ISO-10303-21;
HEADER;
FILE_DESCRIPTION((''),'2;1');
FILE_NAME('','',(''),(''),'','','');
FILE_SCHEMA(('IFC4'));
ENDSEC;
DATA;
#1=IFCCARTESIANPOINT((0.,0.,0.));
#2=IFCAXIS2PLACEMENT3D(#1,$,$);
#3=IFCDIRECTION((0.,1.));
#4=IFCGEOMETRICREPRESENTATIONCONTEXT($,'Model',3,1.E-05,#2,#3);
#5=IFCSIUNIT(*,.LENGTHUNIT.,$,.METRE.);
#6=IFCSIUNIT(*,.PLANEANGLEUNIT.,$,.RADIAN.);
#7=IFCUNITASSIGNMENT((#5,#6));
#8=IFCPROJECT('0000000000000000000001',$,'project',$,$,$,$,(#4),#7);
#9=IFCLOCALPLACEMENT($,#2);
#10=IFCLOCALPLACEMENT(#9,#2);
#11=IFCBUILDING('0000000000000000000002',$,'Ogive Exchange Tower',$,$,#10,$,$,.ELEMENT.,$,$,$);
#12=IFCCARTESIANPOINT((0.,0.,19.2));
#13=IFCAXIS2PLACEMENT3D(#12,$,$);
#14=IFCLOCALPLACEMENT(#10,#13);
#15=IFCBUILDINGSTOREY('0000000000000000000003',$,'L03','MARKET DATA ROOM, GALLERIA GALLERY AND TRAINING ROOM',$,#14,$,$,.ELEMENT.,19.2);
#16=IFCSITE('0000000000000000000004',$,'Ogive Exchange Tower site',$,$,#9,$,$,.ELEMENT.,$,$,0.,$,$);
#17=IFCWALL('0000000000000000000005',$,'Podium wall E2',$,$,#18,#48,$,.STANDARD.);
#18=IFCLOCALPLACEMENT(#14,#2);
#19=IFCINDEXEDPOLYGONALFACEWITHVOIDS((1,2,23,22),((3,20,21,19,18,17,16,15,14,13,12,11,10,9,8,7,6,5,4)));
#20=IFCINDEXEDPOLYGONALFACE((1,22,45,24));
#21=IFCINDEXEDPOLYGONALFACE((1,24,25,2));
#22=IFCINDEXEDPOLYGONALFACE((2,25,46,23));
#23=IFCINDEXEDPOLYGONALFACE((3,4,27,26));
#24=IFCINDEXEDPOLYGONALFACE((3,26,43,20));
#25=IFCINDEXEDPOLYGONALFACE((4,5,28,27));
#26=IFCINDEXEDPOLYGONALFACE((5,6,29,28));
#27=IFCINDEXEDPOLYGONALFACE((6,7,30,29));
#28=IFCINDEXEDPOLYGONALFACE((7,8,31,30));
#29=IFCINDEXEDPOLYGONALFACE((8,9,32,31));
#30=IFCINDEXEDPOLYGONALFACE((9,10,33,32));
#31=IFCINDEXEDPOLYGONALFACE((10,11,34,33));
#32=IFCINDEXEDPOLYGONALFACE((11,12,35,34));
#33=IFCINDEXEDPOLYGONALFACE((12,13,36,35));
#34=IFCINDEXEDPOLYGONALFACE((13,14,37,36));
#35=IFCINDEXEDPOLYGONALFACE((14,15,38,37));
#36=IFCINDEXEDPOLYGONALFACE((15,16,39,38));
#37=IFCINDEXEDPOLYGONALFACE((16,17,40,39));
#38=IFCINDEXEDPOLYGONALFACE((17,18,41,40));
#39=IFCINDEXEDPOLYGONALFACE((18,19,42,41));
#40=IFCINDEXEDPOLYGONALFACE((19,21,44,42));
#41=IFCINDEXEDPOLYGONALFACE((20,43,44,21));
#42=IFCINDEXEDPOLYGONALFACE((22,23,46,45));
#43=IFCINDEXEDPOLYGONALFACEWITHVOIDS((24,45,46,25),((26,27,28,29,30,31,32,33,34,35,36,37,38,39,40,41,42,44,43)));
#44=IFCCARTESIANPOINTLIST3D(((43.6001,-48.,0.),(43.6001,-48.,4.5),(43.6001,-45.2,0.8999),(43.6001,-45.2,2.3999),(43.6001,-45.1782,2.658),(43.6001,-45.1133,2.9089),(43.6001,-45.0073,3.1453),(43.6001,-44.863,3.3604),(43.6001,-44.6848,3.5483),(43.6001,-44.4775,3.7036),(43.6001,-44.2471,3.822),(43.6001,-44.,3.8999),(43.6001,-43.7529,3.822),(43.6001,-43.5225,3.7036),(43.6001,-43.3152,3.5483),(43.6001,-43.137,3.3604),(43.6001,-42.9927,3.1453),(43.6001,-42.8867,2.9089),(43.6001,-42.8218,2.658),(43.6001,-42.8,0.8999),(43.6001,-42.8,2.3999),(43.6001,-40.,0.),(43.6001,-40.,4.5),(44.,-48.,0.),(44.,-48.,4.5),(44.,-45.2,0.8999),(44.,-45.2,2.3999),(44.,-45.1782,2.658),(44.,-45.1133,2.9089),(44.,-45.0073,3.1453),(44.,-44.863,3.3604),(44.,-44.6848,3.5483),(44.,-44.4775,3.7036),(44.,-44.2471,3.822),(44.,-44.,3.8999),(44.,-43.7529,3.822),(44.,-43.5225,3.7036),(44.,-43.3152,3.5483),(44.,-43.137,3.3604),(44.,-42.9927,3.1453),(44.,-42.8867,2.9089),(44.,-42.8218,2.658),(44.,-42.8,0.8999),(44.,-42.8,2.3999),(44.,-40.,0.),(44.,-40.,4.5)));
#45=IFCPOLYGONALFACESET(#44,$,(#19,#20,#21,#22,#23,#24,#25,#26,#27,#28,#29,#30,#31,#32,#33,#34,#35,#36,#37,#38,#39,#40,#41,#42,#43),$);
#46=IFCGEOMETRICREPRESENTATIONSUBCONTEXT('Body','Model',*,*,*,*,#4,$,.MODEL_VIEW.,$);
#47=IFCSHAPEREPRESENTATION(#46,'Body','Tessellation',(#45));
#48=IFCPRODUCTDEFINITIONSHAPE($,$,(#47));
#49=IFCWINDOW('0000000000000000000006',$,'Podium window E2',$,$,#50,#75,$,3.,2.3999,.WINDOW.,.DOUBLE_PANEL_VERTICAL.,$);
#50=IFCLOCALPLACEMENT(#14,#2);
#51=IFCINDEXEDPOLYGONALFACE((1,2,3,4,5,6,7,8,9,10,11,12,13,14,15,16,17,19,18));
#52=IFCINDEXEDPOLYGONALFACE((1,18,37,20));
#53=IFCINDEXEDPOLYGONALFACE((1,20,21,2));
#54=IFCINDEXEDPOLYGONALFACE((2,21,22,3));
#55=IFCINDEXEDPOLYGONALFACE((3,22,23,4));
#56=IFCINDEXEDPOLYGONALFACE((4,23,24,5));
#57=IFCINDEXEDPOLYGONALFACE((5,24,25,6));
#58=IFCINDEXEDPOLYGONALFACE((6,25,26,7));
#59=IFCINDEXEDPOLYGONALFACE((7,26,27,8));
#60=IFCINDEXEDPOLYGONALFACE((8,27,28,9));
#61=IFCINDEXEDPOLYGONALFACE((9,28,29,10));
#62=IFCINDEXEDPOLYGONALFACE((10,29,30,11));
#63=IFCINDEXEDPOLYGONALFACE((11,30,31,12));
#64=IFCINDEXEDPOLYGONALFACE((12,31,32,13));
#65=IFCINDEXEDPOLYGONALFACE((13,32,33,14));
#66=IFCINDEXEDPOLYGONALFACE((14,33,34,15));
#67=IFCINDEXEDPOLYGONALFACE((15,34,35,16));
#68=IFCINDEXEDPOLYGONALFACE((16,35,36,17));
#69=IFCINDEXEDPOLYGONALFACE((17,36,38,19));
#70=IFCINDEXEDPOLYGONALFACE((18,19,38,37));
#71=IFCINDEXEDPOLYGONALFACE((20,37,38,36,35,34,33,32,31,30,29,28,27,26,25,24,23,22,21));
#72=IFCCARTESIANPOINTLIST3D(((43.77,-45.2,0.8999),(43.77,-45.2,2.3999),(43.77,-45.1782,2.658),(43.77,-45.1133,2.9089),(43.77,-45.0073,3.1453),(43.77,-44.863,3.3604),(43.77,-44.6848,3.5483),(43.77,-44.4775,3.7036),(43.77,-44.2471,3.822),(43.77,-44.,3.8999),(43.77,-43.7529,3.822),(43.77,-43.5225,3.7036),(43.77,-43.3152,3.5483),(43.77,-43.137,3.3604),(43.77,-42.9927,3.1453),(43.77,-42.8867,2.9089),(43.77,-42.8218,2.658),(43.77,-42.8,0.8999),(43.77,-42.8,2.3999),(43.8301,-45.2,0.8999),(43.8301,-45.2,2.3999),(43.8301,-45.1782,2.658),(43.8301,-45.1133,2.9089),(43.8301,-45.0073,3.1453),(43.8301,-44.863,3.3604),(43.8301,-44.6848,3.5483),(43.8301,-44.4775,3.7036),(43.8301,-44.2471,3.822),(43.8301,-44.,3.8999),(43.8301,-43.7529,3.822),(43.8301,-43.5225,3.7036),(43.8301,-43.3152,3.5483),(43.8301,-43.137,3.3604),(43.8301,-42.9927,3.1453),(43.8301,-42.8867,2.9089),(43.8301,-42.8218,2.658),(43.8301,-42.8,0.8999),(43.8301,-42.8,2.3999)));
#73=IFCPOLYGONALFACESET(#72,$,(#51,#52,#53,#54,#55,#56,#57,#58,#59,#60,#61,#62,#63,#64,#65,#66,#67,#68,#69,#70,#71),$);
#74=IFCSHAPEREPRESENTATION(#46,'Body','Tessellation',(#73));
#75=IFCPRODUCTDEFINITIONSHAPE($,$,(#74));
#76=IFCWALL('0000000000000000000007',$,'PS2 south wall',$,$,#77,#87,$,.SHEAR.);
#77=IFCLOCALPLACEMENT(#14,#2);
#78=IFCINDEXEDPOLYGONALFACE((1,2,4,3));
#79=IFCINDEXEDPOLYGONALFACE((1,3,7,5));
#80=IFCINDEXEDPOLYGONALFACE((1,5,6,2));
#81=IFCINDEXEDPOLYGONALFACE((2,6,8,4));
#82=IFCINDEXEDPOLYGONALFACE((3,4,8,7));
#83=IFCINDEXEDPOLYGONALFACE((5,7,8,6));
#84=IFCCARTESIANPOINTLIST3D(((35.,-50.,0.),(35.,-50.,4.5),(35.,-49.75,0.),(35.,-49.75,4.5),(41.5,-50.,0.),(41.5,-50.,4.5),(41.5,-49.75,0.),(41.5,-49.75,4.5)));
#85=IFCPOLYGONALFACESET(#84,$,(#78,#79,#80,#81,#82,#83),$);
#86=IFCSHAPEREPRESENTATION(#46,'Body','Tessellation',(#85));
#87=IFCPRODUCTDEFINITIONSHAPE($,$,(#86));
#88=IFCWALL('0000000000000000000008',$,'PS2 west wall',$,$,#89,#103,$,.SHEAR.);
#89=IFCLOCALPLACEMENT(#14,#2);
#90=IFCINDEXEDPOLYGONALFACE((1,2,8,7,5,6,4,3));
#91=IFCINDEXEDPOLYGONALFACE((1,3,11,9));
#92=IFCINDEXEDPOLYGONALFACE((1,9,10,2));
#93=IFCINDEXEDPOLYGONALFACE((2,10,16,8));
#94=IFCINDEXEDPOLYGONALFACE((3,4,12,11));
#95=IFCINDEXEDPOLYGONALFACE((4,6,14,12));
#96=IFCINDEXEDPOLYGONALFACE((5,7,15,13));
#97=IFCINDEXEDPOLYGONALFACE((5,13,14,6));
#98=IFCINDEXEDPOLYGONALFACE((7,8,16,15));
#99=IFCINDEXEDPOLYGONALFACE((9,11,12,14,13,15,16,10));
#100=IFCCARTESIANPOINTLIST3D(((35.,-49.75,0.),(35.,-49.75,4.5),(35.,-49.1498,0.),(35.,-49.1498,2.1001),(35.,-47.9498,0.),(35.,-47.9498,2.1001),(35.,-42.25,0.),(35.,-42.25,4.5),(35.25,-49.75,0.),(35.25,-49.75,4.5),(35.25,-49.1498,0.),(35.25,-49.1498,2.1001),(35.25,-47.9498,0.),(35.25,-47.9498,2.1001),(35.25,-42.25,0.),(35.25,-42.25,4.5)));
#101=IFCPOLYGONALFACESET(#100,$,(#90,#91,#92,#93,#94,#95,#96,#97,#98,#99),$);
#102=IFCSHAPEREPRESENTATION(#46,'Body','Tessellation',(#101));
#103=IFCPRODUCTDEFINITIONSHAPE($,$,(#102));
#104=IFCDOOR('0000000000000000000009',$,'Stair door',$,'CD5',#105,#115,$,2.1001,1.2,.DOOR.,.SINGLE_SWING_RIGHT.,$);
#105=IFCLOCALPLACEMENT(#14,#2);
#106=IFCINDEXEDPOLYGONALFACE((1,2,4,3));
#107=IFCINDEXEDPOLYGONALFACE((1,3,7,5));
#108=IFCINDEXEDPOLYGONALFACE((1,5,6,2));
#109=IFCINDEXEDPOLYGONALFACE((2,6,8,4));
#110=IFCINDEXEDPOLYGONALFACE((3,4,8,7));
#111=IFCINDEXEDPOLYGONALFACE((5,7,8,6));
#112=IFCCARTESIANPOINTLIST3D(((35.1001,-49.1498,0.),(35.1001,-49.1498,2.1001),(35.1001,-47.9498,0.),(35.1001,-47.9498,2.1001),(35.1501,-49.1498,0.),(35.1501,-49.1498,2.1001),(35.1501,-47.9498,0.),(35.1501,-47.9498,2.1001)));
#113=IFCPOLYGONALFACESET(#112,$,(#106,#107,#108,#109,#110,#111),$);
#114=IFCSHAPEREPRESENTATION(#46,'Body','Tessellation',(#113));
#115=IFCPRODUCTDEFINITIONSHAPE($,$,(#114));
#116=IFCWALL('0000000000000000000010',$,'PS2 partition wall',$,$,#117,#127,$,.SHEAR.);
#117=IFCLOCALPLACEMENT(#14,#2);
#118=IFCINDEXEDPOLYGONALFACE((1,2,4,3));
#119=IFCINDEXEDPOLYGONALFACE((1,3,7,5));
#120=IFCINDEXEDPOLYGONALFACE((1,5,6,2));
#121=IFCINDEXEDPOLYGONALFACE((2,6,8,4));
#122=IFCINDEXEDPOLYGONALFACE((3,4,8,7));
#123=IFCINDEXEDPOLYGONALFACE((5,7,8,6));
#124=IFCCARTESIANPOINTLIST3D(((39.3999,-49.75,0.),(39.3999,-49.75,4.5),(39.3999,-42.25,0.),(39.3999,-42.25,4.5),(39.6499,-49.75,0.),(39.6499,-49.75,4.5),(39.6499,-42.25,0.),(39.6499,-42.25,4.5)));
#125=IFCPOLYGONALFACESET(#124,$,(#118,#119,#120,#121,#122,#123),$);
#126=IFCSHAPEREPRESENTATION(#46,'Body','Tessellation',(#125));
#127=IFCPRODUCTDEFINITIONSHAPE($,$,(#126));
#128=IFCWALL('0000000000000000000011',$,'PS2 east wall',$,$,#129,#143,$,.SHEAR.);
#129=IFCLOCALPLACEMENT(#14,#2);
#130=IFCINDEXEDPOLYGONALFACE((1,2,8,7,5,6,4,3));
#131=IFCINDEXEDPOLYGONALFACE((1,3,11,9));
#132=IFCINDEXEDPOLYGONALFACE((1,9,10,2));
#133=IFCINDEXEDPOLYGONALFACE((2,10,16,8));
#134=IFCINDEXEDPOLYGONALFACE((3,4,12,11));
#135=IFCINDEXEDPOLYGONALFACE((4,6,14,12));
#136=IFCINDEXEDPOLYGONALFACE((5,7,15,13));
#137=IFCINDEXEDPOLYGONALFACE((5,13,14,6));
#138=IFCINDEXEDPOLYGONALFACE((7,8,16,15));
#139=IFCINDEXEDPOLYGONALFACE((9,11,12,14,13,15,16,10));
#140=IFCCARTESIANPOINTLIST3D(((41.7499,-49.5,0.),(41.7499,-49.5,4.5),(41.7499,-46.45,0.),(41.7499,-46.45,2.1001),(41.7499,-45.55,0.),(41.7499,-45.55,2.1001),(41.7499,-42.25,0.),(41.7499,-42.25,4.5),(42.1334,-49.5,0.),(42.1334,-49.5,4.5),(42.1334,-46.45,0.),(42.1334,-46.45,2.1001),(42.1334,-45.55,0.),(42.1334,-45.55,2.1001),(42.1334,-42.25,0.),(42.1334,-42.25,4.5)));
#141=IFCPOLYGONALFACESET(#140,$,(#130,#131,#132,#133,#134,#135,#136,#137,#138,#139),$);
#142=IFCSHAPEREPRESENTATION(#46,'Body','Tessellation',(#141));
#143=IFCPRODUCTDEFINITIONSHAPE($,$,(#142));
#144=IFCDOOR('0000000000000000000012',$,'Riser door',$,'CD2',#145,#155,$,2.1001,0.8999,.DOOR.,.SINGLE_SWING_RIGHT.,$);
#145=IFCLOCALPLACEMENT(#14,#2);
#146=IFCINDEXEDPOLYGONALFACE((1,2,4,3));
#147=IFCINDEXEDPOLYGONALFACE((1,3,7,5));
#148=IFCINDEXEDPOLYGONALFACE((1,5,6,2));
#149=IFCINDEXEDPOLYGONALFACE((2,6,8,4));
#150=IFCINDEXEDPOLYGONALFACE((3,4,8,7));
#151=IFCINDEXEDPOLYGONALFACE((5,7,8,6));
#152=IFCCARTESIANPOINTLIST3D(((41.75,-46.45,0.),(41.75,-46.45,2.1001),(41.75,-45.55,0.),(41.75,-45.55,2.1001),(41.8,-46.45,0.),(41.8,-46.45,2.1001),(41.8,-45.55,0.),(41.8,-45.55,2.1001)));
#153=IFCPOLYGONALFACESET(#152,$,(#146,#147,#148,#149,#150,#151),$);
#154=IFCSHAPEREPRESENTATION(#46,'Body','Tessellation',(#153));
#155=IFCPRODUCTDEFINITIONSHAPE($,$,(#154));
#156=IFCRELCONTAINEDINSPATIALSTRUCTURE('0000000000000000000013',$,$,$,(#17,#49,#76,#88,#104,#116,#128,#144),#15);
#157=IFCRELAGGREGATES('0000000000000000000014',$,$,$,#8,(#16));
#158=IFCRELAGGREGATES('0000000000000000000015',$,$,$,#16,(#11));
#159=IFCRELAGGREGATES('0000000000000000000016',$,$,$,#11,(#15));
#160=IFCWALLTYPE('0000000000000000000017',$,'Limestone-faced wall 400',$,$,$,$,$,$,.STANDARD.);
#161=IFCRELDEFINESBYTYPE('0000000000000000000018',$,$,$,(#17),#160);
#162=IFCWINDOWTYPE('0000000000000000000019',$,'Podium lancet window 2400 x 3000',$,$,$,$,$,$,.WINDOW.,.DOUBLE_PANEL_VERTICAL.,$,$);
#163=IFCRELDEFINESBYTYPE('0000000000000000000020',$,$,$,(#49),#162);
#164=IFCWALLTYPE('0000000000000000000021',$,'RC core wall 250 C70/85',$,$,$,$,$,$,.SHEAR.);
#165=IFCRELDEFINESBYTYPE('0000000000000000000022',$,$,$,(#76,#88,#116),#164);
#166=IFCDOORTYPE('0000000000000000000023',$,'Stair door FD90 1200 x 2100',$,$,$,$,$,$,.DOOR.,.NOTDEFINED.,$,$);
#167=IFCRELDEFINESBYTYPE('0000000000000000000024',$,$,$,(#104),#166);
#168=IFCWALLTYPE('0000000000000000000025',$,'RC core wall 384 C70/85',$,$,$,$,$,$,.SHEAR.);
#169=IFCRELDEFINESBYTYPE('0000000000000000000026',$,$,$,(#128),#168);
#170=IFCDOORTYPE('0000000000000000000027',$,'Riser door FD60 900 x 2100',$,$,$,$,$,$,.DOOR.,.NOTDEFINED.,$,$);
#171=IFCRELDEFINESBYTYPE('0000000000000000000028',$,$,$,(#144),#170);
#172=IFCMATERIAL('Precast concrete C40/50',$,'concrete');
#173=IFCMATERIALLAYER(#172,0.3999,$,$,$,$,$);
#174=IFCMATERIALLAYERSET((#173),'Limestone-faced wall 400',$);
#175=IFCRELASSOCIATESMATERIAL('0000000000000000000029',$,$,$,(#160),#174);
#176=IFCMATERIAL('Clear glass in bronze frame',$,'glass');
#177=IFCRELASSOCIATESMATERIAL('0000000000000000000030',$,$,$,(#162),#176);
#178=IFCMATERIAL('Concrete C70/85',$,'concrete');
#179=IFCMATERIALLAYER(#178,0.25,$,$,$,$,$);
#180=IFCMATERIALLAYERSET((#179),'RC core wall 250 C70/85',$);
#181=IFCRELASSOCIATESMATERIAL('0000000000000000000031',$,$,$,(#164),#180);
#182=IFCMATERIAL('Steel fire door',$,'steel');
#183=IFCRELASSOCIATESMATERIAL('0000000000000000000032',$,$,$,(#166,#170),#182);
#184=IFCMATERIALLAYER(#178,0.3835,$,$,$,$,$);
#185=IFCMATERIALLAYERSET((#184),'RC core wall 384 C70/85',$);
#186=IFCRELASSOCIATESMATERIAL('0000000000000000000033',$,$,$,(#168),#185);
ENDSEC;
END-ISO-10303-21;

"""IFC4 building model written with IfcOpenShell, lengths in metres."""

from ifc_helpers import new_model, si_unit, direction, frame, frame_2d, origin, place, context, subcontext, project, spatial, polyline, rectangle, outline, extrude, material, layer, layer_set, type_object, element, fill, save


model = new_model("IFC4")

# Units and contexts
model_context = context("Model", 3, precision=1e-05, world=origin(), true_north=direction((0.0, 1.0)))
body_context = subcontext(model_context, "Body", "Model", "MODEL_VIEW")
ifc_project = project(units=[si_unit("LENGTHUNIT", "METRE"), si_unit("PLANEANGLEUNIT", "RADIAN")], contexts=[model_context])

# Site, building, storey
site_placement = place(None, origin())
site = spatial("IfcSite", under=ifc_project, at=site_placement, Name="Ogive Exchange Tower site", CompositionType="ELEMENT", RefElevation=0.0)
building_placement = place(site_placement, origin())
building = spatial("IfcBuilding", under=site, at=building_placement, Name="Ogive Exchange Tower", CompositionType="ELEMENT")
storey_placement = place(building_placement, frame((0.0, 0.0, 19.2)))
storey = spatial("IfcBuildingStorey", under=building, at=storey_placement, Name="L03", Description="MARKET DATA ROOM, GALLERIA GALLERY AND TRAINING ROOM", CompositionType="ELEMENT", Elevation=19.2)

# Shared definitions
ifc_material_1 = material(Name="Concrete C70/85", Category="concrete")

# Shared definitions
ifc_material_2 = material(Name="Precast concrete C40/50", Category="concrete")
ifc_layer_1 = layer(ifc_material_2, 0.3999)
ifc_layer_set_1 = layer_set([ifc_layer_1], Name="Limestone-faced wall 400")
wall_type_1 = type_object("IfcWallType", Name="Limestone-faced wall 400", PredefinedType="STANDARD", material=ifc_layer_set_1)
ifc_material_3 = material(Name="Clear glass in bronze frame", Category="glass")

# Wall, opening, window
wall_1_placement = place(storey_placement, frame((43.8, -48.0, 0.0), z_axis=(0.0, 0.0, 1.0), x_axis=(0.0, 1.0, 0.0)))
wall_1 = element("IfcWall", 1, at=wall_1_placement, inside=storey, type_object=wall_type_1, Name="Podium wall E2", PredefinedType="STANDARD", context=body_context, shape_type="SweptSolid", body=[
    extrude(rectangle(XDim=8.0, YDim=0.3999, at=frame_2d((4.0, 0.0))), origin(), (0.0, 0.0, 1.0), 4.5),
])
opening_1_placement = place(wall_1_placement, frame((2.8, 0.0, 0.8999)))
opening_1 = element("IfcOpeningElement", 2, at=opening_1_placement, cuts=wall_1, PredefinedType="OPENING", context=body_context, shape_type="SweptSolid", body=[
    extrude(outline(polyline([(0.0, 0.0), (2.3999, 0.0), (2.3999, 1.5), (2.3782, 1.7581), (2.3132, 2.009), (2.2073, 2.2454), (2.063, 2.4604), (1.8848, 2.6484), (1.6775, 2.8037), (1.447, 2.9221), (1.2, 3.0), (0.9529, 2.9221), (0.7224, 2.8037), (0.5151, 2.6484), (0.3369, 2.4604), (0.1926, 2.2454), (0.0867, 2.009), (0.0217, 1.7581), (0.0, 1.5), (0.0, 0.0)])), frame((0.0, 0.21, 0.0), z_axis=(0.0, -1.0, 0.0), x_axis=(1.0, 0.0, 0.0)), (0.0, 0.0, 1.0), 0.4199),
])
window_type_1 = type_object("IfcWindowType", Name="Podium lancet window 2400 x 3000", PartitioningType="DOUBLE_PANEL_VERTICAL", PredefinedType="WINDOW", material=ifc_material_3)
window_1_placement = place(opening_1_placement, origin())
window_1 = element("IfcWindow", 3, at=window_1_placement, inside=storey, type_object=window_type_1, Name="Podium window E2", OverallHeight=3.0, OverallWidth=2.3999, PartitioningType="DOUBLE_PANEL_VERTICAL", PredefinedType="WINDOW", context=body_context, shape_type="SweptSolid", body=[
    extrude(outline(polyline([(0.0, 0.0), (2.3999, 0.0), (2.3999, 1.5), (2.3782, 1.7581), (2.3132, 2.009), (2.2073, 2.2454), (2.063, 2.4604), (1.8848, 2.6484), (1.6775, 2.8037), (1.447, 2.9221), (1.2, 3.0), (0.9529, 2.9221), (0.7224, 2.8037), (0.5151, 2.6484), (0.3369, 2.4604), (0.1926, 2.2454), (0.0867, 2.009), (0.0217, 1.7581), (0.0, 1.5), (0.0, 0.0)])), frame((0.0, 0.03, 0.0), z_axis=(0.0, -1.0, 0.0), x_axis=(1.0, 0.0, 0.0)), (0.0, 0.0, 1.0), 0.0601),
])
fill(opening_1, window_1)

# Wall
ifc_layer_2 = layer(ifc_material_1, 0.25)
ifc_layer_set_2 = layer_set([ifc_layer_2], Name="RC core wall 250 C70/85")
wall_type_2 = type_object("IfcWallType", Name="RC core wall 250 C70/85", PredefinedType="SHEAR", material=ifc_layer_set_2)
wall_2_placement = place(storey_placement, frame((35.0, -49.875, 0.0), z_axis=(0.0, 0.0, 1.0), x_axis=(1.0, 0.0, 0.0)))
element("IfcWall", 4, at=wall_2_placement, inside=storey, type_object=wall_type_2, Name="PS2 south wall", PredefinedType="SHEAR", context=body_context, shape_type="SweptSolid", body=[
    extrude(rectangle(XDim=6.5, YDim=0.25, at=frame_2d((3.25, 0.0))), origin(), (0.0, 0.0, 1.0), 4.5),
])

# Wall, opening, door
wall_3_placement = place(storey_placement, frame((35.125, -49.75, 0.0), z_axis=(0.0, 0.0, 1.0), x_axis=(0.0, 1.0, 0.0)))
wall_3 = element("IfcWall", 5, at=wall_3_placement, inside=storey, type_object=wall_type_2, Name="PS2 west wall", PredefinedType="SHEAR", context=body_context, shape_type="SweptSolid", body=[
    extrude(rectangle(XDim=7.5, YDim=0.25, at=frame_2d((3.75, 0.0))), origin(), (0.0, 0.0, 1.0), 4.5),
])
opening_2_placement = place(wall_3_placement, frame((0.6001, 0.0, 0.0)))
opening_2 = element("IfcOpeningElement", 6, at=opening_2_placement, cuts=wall_3, PredefinedType="OPENING", context=body_context, shape_type="SweptSolid", body=[
    extrude(rectangle(XDim=1.2, YDim=2.1001, at=frame_2d((0.6001, 1.05))), frame((0.0, 0.135, 0.0), z_axis=(0.0, -1.0, 0.0), x_axis=(1.0, 0.0, 0.0)), (0.0, 0.0, 1.0), 0.27),
])
ifc_material_4 = material(Name="Steel fire door", Category="steel")
door_type_1 = type_object("IfcDoorType", Name="Stair door FD90 1200 x 2100", OperationType="NOTDEFINED", PredefinedType="DOOR", material=ifc_material_4)
door_1_placement = place(opening_2_placement, origin())
door_1 = element("IfcDoor", 7, at=door_1_placement, inside=storey, type_object=door_type_1, Name="Stair door", ObjectType="CD5", OperationType="SINGLE_SWING_RIGHT", OverallHeight=2.1001, OverallWidth=1.2, PredefinedType="DOOR", context=body_context, shape_type="SweptSolid", body=[
    extrude(rectangle(XDim=1.2, YDim=2.1001, at=frame_2d((0.6001, 1.05))), frame((0.0, 0.0249, 0.0), z_axis=(0.0, -1.0, 0.0), x_axis=(1.0, 0.0, 0.0)), (0.0, 0.0, 1.0), 0.05),
])
fill(opening_2, door_1)

# Wall
wall_4_placement = place(storey_placement, frame((39.5249, -49.75, 0.0), z_axis=(0.0, 0.0, 1.0), x_axis=(0.0, 1.0, 0.0)))
element("IfcWall", 8, at=wall_4_placement, inside=storey, type_object=wall_type_2, Name="PS2 partition wall", PredefinedType="SHEAR", context=body_context, shape_type="SweptSolid", body=[
    extrude(rectangle(XDim=7.5, YDim=0.25, at=frame_2d((3.75, 0.0))), origin(), (0.0, 0.0, 1.0), 4.5),
])

# Wall, opening, door
ifc_layer_3 = layer(ifc_material_1, 0.3835)
ifc_layer_set_3 = layer_set([ifc_layer_3], Name="RC core wall 384 C70/85")
wall_type_3 = type_object("IfcWallType", Name="RC core wall 384 C70/85", PredefinedType="SHEAR", material=ifc_layer_set_3)
wall_5_placement = place(storey_placement, frame((41.9417, -49.5, 0.0), z_axis=(0.0, 0.0, 1.0), x_axis=(0.0, 1.0, 0.0)))
wall_5 = element("IfcWall", 9, at=wall_5_placement, inside=storey, type_object=wall_type_3, Name="PS2 east wall", PredefinedType="SHEAR", context=body_context, shape_type="SweptSolid", body=[
    extrude(rectangle(XDim=7.25, YDim=0.3835, at=frame_2d((3.625, 0.0))), origin(), (0.0, 0.0, 1.0), 4.5),
])
opening_3_placement = place(wall_5_placement, frame((3.05, 0.0, 0.0)))
opening_3 = element("IfcOpeningElement", 10, at=opening_3_placement, cuts=wall_5, PredefinedType="OPENING", context=body_context, shape_type="SweptSolid", body=[
    extrude(rectangle(XDim=0.8999, YDim=2.1001, at=frame_2d((0.45, 1.05))), frame((0.0, 0.2017, 0.0), z_axis=(0.0, -1.0, 0.0), x_axis=(1.0, 0.0, 0.0)), (0.0, 0.0, 1.0), 0.4036),
])
door_type_2 = type_object("IfcDoorType", Name="Riser door FD60 900 x 2100", OperationType="NOTDEFINED", PredefinedType="DOOR", material=ifc_material_4)
door_2_placement = place(opening_3_placement, frame((0.8999, 0.3335, 0.0), z_axis=(0.0, 0.0, 1.0), x_axis=(-1.0, 0.0, 0.0)))
door_2 = element("IfcDoor", 11, at=door_2_placement, inside=storey, type_object=door_type_2, Name="Riser door", ObjectType="CD2", OperationType="SINGLE_SWING_RIGHT", OverallHeight=2.1001, OverallWidth=0.8999, PredefinedType="DOOR", context=body_context, shape_type="SweptSolid", body=[
    extrude(rectangle(XDim=0.8999, YDim=2.1001, at=frame_2d((0.45, 1.05))), frame((0.0, 0.1919, 0.0), z_axis=(0.0, -1.0, 0.0), x_axis=(1.0, 0.0, 0.0)), (0.0, 0.0, 1.0), 0.05),
])
fill(opening_3, door_2)

save(model, "model.ifc")
